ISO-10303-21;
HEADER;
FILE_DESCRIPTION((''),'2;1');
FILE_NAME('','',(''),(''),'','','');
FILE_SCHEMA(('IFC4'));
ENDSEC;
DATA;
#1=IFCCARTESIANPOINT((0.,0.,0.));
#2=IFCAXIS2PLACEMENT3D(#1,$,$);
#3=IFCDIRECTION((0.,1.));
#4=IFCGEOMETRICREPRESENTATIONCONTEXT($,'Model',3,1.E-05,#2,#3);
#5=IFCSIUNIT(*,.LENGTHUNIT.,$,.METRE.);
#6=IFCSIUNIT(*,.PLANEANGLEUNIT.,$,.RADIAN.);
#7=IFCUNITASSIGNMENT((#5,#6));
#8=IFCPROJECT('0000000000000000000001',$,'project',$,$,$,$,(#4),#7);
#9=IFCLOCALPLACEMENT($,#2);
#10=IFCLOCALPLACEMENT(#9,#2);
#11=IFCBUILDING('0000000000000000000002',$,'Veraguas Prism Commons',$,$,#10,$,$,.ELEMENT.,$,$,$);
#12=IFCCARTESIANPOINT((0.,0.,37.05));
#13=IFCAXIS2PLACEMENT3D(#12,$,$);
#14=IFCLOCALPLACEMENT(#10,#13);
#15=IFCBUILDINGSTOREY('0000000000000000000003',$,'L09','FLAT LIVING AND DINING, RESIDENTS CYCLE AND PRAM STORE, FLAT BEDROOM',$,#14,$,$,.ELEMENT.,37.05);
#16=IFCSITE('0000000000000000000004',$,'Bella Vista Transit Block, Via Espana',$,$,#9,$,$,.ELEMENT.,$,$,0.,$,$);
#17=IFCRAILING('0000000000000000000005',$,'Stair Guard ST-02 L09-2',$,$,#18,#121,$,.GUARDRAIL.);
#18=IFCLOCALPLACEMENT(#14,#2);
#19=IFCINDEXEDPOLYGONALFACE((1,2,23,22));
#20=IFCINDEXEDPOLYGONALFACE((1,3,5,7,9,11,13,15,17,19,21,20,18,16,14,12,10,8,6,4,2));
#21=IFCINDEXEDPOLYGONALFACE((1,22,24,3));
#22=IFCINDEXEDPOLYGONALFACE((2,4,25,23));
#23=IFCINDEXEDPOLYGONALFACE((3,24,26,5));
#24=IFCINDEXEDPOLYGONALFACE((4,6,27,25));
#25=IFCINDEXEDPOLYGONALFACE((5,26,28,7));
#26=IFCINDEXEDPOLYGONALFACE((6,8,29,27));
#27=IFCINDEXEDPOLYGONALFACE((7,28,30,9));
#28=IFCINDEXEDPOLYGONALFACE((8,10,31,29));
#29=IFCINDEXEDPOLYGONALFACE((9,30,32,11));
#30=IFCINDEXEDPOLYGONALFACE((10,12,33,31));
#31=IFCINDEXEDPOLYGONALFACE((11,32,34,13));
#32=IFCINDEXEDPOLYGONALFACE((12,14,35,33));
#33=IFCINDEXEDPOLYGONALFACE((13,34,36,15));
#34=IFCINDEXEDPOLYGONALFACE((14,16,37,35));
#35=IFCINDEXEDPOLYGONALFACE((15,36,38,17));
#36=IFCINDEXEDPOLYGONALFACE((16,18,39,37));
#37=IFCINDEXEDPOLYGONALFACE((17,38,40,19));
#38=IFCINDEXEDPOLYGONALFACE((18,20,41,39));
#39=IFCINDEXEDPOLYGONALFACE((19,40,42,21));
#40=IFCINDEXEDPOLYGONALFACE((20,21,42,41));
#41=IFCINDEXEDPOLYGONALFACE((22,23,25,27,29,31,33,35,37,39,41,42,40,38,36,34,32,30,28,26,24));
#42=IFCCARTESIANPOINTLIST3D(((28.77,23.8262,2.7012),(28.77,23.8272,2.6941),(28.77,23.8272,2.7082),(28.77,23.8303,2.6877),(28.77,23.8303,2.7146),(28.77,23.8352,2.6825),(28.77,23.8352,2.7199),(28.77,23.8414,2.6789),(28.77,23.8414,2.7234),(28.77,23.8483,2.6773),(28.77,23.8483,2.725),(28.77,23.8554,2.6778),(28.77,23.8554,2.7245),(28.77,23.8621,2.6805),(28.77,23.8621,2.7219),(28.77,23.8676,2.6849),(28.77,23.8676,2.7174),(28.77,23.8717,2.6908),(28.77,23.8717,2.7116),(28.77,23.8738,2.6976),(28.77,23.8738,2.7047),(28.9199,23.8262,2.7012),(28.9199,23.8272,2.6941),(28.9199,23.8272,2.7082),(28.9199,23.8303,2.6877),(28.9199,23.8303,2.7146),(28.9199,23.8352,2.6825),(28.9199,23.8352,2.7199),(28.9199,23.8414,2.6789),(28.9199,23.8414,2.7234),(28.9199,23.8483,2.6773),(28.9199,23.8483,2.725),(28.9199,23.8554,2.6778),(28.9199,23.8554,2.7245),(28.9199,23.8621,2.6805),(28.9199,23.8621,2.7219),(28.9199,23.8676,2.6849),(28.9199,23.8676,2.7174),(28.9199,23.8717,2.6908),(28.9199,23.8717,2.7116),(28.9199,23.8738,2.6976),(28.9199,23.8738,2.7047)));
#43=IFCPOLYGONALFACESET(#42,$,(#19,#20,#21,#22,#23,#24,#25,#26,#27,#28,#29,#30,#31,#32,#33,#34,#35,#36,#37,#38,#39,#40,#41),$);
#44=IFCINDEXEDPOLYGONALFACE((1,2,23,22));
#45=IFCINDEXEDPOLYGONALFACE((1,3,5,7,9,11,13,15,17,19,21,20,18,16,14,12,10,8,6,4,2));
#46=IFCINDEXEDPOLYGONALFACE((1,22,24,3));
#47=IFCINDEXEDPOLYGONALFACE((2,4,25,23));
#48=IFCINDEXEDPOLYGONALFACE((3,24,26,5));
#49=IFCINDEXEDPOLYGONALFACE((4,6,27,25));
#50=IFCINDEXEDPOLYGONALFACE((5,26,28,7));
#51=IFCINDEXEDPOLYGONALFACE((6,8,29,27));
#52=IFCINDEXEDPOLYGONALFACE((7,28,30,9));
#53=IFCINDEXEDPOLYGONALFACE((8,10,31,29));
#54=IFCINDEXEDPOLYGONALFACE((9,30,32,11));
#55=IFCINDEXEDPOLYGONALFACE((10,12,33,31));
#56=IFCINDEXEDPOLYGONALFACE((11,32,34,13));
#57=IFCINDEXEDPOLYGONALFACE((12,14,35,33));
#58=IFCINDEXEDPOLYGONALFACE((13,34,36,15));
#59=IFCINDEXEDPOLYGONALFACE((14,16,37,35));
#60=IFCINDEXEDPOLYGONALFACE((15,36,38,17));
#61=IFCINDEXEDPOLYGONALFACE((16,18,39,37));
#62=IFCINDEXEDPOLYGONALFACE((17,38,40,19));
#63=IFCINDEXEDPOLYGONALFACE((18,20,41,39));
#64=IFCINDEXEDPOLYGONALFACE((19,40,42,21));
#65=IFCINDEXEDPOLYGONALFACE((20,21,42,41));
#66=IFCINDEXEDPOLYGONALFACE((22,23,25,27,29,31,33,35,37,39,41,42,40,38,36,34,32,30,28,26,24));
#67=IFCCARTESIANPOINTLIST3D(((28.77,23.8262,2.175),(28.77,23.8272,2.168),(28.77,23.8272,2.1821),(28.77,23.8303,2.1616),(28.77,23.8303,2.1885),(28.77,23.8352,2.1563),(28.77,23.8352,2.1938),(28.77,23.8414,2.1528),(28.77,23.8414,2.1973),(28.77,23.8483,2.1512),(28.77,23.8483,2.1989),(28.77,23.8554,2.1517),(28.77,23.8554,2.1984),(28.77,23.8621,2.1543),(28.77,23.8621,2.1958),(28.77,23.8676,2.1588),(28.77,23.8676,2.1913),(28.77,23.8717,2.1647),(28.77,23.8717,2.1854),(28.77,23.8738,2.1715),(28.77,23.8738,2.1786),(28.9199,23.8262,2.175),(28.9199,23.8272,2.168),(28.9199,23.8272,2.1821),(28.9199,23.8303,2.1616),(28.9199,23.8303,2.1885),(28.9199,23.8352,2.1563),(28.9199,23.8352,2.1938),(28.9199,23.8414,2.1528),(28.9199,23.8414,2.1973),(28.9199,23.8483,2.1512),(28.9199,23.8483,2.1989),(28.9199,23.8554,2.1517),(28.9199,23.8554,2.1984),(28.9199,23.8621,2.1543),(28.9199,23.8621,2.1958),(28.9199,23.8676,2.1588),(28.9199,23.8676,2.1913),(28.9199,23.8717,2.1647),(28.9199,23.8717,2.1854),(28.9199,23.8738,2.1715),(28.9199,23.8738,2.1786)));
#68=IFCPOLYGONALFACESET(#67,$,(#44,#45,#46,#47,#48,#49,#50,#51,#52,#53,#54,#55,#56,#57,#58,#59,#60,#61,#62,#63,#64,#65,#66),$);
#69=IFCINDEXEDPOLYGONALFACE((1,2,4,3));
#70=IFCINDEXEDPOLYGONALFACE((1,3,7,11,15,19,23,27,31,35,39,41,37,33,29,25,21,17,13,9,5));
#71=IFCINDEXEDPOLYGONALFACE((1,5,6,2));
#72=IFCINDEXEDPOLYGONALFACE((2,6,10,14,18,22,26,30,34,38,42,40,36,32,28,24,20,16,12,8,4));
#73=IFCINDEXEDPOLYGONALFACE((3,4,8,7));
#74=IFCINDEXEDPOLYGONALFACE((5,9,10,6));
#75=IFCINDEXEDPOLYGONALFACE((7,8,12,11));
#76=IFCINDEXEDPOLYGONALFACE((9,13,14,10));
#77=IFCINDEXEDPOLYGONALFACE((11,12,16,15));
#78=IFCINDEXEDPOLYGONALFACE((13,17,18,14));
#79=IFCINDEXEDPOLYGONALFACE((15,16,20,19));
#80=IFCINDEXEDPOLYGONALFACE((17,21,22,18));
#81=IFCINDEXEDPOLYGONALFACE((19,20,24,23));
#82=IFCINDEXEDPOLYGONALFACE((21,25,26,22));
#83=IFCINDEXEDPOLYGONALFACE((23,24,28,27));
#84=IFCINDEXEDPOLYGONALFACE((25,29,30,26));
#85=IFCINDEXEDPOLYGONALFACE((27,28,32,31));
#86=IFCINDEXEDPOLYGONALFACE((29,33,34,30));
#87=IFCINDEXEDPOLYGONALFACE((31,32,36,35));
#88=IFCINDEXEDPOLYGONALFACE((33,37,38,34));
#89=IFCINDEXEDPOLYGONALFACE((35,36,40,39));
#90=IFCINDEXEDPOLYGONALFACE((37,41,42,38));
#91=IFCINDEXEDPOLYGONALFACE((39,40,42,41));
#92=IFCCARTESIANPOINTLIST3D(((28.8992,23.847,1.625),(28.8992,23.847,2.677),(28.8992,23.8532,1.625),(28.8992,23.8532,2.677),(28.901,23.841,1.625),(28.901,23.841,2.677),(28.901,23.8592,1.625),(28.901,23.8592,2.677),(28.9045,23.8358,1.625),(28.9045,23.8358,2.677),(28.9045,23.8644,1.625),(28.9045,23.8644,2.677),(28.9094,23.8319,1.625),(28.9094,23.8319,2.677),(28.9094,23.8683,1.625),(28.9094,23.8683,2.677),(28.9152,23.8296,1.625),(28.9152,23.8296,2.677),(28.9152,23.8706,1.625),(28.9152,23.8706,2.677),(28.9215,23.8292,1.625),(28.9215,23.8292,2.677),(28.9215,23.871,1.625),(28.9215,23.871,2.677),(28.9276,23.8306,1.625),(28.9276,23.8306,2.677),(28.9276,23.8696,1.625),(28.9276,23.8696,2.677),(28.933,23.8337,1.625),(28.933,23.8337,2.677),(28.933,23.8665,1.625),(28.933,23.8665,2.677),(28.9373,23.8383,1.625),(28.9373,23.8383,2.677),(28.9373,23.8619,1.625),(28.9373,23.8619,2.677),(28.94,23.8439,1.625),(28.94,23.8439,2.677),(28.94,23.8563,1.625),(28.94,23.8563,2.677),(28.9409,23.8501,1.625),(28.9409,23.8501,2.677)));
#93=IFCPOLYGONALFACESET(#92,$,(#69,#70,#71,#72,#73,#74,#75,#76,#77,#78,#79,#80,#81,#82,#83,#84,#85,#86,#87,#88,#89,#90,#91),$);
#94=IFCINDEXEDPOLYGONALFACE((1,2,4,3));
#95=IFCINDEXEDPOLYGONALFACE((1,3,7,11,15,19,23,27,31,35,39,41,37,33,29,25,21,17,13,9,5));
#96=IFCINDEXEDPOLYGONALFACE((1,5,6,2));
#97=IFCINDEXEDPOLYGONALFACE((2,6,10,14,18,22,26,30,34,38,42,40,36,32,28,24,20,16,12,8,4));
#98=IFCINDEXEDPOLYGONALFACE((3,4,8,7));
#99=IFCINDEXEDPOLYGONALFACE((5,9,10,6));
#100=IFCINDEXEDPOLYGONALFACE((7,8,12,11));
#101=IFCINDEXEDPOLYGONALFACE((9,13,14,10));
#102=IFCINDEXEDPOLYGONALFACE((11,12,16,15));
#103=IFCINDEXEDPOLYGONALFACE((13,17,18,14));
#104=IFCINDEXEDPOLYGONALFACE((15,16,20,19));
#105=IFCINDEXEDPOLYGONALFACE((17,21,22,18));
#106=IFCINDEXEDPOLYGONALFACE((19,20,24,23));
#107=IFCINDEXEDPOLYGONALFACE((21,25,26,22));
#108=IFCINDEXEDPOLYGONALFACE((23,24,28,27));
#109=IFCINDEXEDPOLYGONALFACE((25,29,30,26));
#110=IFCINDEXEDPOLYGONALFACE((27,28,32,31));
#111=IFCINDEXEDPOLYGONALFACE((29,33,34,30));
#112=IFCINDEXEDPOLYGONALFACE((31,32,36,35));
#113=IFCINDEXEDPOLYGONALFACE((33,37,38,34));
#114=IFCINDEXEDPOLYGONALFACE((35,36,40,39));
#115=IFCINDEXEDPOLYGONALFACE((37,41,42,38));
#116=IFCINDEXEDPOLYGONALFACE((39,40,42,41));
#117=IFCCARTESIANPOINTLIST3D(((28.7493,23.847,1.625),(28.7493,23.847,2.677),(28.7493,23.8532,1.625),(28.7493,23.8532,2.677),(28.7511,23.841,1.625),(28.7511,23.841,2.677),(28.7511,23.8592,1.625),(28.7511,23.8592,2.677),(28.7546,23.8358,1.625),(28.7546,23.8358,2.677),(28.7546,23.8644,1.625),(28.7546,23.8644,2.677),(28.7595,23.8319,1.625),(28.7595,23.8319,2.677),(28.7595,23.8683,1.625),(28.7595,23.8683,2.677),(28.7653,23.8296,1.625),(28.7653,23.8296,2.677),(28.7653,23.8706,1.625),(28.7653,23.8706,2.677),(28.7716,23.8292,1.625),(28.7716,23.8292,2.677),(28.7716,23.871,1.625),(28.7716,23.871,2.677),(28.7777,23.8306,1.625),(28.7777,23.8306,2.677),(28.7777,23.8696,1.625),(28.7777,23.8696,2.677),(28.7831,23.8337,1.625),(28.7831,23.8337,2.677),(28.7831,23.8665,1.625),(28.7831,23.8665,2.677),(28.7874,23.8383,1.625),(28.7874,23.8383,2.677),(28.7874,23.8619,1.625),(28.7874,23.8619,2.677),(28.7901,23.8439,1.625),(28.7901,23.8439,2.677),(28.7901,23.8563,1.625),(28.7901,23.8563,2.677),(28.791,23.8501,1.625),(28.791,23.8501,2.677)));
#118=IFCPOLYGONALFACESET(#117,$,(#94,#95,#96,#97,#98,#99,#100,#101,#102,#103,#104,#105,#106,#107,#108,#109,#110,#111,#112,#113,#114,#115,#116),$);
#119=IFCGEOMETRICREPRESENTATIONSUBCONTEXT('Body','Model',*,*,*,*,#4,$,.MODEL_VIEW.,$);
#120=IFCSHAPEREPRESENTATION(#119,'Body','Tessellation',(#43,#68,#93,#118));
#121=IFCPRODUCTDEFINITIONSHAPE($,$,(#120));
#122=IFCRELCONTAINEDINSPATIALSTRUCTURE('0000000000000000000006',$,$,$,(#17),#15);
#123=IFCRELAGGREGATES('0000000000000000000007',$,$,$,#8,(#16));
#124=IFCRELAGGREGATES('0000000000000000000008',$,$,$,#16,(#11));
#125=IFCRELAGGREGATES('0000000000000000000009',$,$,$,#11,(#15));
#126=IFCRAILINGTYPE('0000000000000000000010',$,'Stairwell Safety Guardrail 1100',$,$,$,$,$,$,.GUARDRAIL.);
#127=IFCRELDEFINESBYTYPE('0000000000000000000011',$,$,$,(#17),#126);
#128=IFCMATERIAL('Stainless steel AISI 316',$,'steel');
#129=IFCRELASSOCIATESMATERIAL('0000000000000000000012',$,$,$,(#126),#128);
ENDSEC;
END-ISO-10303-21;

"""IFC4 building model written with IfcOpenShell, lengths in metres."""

from ifc_helpers import new_model, si_unit, direction, frame, origin, origin_2d, place, context, subcontext, project, spatial, circle, extrude, material, type_object, element, save


model = new_model("IFC4")

# Units and contexts
model_context = context("Model", 3, precision=1e-05, world=origin(), true_north=direction((0.0, 1.0)))
body_context = subcontext(model_context, "Body", "Model", "MODEL_VIEW")
ifc_project = project(units=[si_unit("LENGTHUNIT", "METRE"), si_unit("PLANEANGLEUNIT", "RADIAN")], contexts=[model_context])

# Site, building, storey
site_placement = place(None, origin())
site = spatial("IfcSite", under=ifc_project, at=site_placement, Name="Bella Vista Transit Block, Via Espana", CompositionType="ELEMENT", RefElevation=0.0)
building_placement = place(site_placement, origin())
building = spatial("IfcBuilding", under=site, at=building_placement, Name="Veraguas Prism Commons", CompositionType="ELEMENT")
storey_placement = place(building_placement, frame((0.0, 0.0, 37.05)))
storey = spatial("IfcBuildingStorey", under=building, at=storey_placement, Name="L09", Description="FLAT LIVING AND DINING, RESIDENTS CYCLE AND PRAM STORE, FLAT BEDROOM", CompositionType="ELEMENT", Elevation=37.05)

# Railing
ifc_material_1 = material(Name="Stainless steel AISI 316", Category="steel")
railing_type_1 = type_object("IfcRailingType", Name="Stairwell Safety Guardrail 1100", PredefinedType="GUARDRAIL", material=ifc_material_1)
railing_1_placement = place(storey_placement, frame((28.9199, 23.8501, 1.625)))
element("IfcRailing", 1, at=railing_1_placement, inside=storey, type_object=railing_type_1, Name="Stair Guard ST-02 L09-2", PredefinedType="GUARDRAIL", context=body_context, shape_type="SweptSolid", body=[
    extrude(circle(Radius=0.0239, at=origin_2d()), frame((0.0, 0.0, 1.0762), z_axis=(-1.0, 0.0, 0.0), x_axis=(0.0, -1.0, 0.0)), (0.0, 0.0, 1.0), 0.1499),
    extrude(circle(Radius=0.0239, at=origin_2d()), frame((0.0, 0.0, 0.55), z_axis=(-1.0, 0.0, 0.0), x_axis=(0.0, -1.0, 0.0)), (0.0, 0.0, 1.0), 0.1499),
    extrude(circle(Radius=0.021, at=origin_2d()), origin(), (0.0, 0.0, 1.0), 1.052),
    extrude(circle(Radius=0.021, at=origin_2d()), frame((-0.1499, 0.0, 0.0)), (0.0, 0.0, 1.0), 1.052),
])

save(model, "model.ifc")
